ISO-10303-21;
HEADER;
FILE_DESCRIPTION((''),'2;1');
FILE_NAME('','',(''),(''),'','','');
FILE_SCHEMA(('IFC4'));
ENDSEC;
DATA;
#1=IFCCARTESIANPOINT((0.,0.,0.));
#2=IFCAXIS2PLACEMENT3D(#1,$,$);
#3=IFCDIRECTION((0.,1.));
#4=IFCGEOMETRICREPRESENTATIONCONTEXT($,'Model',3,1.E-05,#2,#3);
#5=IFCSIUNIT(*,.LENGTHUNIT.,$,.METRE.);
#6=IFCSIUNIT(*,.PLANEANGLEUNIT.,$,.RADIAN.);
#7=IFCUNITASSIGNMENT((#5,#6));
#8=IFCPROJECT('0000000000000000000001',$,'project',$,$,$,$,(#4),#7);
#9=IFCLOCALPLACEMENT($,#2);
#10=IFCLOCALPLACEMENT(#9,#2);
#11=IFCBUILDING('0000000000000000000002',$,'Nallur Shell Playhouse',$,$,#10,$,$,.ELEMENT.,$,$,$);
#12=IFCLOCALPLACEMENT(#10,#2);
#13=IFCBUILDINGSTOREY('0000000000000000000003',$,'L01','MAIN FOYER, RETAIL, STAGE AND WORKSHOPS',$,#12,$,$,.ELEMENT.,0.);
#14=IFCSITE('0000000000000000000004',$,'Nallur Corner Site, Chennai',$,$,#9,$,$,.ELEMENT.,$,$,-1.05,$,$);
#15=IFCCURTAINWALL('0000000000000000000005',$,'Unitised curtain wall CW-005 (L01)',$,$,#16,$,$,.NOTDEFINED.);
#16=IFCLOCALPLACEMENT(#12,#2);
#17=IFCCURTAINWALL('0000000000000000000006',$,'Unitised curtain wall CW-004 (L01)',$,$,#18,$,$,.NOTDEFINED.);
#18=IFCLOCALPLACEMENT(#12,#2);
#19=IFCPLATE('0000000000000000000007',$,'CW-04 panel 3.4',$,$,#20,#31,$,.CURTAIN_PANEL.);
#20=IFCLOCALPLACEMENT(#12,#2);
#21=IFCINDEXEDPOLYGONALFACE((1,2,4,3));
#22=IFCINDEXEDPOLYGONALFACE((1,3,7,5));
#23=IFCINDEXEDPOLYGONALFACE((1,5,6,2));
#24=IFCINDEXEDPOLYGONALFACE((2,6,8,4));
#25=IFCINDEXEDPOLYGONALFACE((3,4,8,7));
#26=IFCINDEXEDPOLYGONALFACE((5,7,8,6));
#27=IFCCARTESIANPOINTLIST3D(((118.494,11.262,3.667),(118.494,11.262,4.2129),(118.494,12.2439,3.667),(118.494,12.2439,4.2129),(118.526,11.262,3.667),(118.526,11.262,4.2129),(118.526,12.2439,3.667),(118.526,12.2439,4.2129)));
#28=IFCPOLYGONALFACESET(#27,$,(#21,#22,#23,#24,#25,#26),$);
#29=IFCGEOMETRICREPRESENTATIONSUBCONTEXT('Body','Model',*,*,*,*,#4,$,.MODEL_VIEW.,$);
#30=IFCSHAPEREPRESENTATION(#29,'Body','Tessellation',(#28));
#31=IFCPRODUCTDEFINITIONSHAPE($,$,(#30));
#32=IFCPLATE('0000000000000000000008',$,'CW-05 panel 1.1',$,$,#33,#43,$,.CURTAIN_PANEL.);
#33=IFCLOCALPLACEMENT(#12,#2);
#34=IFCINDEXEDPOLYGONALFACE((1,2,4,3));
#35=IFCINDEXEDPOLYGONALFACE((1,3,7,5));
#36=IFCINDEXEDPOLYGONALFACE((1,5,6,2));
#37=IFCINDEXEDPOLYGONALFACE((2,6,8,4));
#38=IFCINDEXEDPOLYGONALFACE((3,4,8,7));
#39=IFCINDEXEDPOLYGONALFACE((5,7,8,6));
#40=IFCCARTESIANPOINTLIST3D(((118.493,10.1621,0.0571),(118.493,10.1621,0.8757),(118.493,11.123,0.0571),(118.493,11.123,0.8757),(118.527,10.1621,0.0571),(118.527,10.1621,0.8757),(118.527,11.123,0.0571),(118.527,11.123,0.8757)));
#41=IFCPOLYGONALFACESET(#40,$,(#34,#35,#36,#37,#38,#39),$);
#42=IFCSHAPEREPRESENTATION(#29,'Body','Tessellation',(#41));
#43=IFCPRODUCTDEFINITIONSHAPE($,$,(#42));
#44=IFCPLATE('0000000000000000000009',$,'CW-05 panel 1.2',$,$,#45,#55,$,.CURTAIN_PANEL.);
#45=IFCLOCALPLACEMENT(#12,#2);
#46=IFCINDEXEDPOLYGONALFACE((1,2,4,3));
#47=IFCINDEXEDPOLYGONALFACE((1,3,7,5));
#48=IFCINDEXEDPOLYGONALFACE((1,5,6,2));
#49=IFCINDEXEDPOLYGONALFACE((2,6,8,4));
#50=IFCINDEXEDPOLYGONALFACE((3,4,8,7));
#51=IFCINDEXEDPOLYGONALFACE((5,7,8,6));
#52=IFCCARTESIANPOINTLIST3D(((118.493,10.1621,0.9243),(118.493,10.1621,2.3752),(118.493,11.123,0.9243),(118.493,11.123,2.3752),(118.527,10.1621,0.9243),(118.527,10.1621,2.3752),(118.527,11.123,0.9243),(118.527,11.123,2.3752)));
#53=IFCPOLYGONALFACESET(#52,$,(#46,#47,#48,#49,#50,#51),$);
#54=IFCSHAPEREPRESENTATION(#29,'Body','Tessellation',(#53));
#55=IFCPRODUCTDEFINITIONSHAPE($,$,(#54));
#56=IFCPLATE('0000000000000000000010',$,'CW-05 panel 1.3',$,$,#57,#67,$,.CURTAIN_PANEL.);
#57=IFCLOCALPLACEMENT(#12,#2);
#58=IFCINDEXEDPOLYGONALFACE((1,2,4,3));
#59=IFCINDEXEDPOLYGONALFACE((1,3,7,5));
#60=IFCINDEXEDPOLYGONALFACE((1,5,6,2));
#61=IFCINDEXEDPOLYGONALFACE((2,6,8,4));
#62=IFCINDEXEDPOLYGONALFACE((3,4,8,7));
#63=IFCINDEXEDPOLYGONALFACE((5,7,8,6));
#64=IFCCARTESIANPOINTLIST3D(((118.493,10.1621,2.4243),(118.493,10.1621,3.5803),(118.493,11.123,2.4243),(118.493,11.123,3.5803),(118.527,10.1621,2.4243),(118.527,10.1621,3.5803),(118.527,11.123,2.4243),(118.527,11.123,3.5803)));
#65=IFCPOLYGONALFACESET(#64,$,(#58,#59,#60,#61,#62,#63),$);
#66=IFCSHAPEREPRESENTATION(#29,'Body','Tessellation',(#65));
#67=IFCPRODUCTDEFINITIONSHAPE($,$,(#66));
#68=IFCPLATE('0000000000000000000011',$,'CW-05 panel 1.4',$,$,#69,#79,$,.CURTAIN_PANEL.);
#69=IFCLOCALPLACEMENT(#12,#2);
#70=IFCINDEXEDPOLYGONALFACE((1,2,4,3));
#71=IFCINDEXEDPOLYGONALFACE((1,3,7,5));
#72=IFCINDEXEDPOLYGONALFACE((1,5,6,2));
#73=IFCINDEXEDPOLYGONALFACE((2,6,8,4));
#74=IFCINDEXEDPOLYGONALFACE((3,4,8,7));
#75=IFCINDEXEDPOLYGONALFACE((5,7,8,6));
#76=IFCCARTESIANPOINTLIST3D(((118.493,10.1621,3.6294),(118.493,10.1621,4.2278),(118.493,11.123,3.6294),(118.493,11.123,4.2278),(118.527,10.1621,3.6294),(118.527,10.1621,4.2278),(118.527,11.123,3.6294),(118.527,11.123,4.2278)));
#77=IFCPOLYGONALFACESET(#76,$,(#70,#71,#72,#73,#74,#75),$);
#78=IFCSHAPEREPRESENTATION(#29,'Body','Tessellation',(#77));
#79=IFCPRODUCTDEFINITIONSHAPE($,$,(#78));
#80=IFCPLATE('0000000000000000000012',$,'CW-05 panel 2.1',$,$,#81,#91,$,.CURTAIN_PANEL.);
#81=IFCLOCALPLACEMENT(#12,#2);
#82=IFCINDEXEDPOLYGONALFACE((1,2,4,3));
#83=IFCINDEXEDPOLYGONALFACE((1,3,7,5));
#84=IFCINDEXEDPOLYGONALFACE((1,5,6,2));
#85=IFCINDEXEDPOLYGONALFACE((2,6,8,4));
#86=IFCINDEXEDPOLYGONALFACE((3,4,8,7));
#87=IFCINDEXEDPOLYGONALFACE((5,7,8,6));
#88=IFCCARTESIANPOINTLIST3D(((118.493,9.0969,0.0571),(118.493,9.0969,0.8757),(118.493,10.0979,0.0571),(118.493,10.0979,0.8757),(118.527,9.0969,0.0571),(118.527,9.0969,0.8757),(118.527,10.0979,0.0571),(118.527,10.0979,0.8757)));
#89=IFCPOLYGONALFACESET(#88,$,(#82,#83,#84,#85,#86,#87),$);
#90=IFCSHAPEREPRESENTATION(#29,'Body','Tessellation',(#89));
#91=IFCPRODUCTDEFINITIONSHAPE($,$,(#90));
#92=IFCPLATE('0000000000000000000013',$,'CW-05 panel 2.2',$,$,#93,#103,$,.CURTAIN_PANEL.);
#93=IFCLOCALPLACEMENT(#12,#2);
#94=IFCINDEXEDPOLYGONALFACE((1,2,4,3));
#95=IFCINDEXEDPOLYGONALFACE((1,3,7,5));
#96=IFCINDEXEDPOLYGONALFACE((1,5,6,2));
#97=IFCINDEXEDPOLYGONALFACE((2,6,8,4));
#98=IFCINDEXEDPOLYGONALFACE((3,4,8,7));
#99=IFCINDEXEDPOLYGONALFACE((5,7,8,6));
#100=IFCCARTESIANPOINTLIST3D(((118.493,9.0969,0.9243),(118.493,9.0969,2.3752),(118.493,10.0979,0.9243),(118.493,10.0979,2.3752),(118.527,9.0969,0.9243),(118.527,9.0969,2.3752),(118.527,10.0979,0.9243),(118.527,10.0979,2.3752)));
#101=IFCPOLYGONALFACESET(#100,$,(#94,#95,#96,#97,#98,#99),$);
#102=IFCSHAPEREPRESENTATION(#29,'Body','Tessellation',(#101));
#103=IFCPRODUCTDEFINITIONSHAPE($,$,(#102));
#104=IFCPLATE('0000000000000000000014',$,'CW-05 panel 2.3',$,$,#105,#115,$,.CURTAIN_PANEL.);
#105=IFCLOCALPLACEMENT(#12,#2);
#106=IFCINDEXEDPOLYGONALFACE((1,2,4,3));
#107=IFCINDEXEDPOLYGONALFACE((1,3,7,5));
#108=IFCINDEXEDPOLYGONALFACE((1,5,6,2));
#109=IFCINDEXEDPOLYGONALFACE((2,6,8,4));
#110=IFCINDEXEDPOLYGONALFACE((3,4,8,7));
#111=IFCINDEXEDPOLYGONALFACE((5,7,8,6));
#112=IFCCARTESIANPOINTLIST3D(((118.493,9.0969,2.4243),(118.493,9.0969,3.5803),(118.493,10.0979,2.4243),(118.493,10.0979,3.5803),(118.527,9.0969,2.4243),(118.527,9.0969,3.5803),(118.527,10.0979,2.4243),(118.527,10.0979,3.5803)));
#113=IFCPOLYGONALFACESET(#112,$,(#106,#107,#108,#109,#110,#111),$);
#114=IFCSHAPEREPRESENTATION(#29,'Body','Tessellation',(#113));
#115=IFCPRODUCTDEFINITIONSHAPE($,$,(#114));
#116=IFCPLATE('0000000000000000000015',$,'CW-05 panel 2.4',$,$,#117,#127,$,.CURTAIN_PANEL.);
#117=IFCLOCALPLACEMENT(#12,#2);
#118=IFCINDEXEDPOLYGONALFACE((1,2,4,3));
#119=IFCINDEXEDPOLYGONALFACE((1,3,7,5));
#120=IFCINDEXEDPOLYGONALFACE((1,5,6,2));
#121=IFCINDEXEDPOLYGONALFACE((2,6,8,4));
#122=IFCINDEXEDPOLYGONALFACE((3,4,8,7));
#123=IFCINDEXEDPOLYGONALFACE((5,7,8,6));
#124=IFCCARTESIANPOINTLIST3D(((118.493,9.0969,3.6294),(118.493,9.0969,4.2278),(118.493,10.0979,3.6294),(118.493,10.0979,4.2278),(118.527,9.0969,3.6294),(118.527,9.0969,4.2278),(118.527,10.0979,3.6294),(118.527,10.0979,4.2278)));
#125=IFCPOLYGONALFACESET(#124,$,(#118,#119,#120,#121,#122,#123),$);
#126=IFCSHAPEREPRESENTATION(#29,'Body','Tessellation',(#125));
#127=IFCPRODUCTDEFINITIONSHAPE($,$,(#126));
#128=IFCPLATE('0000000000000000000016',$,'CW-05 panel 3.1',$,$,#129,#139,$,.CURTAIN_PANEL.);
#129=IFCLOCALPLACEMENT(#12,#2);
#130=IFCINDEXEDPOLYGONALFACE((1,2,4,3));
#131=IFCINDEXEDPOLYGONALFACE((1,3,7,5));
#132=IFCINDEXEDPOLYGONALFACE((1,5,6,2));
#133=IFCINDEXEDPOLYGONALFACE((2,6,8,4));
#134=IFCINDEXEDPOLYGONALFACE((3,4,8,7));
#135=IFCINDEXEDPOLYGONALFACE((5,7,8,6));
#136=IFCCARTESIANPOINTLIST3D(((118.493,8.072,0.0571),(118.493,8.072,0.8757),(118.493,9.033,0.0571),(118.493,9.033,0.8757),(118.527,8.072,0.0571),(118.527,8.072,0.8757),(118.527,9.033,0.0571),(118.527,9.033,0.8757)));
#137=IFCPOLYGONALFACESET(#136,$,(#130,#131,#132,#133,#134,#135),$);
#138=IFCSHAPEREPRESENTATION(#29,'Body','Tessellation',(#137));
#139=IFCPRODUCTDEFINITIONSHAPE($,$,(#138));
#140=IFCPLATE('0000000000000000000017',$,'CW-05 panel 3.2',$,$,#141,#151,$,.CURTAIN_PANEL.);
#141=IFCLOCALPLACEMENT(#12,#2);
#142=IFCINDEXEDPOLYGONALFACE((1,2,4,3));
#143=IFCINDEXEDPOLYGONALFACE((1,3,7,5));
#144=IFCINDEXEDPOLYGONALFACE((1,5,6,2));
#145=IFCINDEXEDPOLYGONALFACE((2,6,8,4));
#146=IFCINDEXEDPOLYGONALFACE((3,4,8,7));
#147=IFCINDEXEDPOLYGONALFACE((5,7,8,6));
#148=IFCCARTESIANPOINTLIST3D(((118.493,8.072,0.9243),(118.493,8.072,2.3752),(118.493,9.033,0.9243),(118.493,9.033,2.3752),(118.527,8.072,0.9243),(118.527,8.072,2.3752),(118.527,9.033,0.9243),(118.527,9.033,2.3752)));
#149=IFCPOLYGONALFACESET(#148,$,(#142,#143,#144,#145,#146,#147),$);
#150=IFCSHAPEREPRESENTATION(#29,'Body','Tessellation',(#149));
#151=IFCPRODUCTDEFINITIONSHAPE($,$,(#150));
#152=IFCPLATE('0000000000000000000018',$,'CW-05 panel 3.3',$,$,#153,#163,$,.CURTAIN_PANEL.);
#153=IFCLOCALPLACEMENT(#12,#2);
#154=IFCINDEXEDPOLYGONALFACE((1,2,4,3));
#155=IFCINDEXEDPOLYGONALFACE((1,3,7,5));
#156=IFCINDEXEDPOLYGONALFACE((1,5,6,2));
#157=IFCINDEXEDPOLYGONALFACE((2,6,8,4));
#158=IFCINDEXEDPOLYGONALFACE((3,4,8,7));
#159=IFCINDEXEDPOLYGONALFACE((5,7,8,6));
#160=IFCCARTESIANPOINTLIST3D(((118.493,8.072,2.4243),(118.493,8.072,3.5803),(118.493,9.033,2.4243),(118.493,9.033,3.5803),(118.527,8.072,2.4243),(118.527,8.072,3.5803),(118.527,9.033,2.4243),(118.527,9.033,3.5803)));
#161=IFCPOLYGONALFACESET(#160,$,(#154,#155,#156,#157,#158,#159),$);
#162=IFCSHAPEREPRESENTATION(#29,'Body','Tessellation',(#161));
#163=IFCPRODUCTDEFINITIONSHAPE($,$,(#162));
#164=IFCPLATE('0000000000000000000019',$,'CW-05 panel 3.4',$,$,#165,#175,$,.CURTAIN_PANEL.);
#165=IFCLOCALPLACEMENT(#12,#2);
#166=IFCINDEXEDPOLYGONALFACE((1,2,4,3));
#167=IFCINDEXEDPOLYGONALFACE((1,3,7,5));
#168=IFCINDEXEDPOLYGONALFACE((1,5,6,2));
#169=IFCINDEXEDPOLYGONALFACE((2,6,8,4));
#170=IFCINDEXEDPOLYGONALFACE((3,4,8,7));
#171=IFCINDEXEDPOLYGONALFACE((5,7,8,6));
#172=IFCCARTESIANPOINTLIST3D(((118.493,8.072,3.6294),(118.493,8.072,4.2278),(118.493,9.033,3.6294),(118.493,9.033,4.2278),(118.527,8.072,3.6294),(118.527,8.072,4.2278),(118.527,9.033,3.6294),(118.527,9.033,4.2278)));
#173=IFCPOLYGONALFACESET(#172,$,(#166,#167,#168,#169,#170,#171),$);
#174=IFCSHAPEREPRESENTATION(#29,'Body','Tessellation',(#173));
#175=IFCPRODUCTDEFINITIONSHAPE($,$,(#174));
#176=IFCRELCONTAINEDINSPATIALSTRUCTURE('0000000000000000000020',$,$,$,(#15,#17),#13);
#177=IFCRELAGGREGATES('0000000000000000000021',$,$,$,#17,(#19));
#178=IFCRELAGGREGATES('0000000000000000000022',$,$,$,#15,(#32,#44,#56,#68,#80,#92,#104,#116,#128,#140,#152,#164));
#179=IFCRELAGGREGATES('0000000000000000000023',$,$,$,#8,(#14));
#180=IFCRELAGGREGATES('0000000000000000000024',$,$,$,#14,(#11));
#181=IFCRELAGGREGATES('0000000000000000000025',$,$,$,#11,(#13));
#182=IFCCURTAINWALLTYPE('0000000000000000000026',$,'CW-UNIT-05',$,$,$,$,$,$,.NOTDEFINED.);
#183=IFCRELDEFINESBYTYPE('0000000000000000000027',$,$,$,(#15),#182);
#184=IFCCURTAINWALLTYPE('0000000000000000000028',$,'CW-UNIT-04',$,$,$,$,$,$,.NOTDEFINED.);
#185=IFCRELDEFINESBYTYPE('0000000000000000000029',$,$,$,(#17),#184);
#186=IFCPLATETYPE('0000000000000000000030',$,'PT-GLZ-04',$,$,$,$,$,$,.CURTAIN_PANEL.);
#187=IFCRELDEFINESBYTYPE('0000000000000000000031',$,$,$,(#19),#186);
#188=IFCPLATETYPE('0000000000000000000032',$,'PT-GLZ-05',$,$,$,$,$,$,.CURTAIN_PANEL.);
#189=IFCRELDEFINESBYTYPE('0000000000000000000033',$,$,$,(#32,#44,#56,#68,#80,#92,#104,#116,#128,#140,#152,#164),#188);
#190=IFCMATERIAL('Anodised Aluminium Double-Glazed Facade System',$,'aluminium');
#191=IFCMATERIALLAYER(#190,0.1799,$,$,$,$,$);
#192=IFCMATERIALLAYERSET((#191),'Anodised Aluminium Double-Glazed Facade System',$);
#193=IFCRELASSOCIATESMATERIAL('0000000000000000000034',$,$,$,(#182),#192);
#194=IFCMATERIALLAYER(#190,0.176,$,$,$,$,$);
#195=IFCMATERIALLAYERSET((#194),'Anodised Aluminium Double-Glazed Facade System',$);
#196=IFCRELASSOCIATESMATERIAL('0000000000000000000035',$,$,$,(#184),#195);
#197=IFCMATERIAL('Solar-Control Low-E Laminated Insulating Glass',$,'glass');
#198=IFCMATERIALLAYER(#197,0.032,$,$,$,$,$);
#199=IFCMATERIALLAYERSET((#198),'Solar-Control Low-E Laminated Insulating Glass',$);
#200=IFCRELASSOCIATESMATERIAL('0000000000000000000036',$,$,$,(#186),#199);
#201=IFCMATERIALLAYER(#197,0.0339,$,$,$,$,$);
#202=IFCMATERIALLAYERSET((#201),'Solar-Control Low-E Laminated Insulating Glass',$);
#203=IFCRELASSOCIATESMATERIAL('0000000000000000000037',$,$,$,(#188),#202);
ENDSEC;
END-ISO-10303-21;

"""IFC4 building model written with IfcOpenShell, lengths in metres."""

from ifc_helpers import new_model, si_unit, direction, frame, origin, origin_2d, place, context, subcontext, project, spatial, rectangle, extrude, material, layer, layer_set, type_object, element, aggregate, save


model = new_model("IFC4")

# Units and contexts
model_context = context("Model", 3, precision=1e-05, world=origin(), true_north=direction((0.0, 1.0)))
body_context = subcontext(model_context, "Body", "Model", "MODEL_VIEW")
ifc_project = project(units=[si_unit("LENGTHUNIT", "METRE"), si_unit("PLANEANGLEUNIT", "RADIAN")], contexts=[model_context])

# Site, building, storey
site_placement = place(None, origin())
site = spatial("IfcSite", under=ifc_project, at=site_placement, Name="Nallur Corner Site, Chennai", CompositionType="ELEMENT", RefElevation=-1.05)
building_placement = place(site_placement, origin())
building = spatial("IfcBuilding", under=site, at=building_placement, Name="Nallur Shell Playhouse", CompositionType="ELEMENT")
storey_placement = place(building_placement, origin())
storey = spatial("IfcBuildingStorey", under=building, at=storey_placement, Name="L01", Description="MAIN FOYER, RETAIL, STAGE AND WORKSHOPS", CompositionType="ELEMENT", Elevation=0.0)

# Curtain wall
ifc_material_1 = material(Name="Anodised Aluminium Double-Glazed Facade System", Category="aluminium")
ifc_layer_1 = layer(ifc_material_1, 0.1799)
ifc_layer_set_1 = layer_set([ifc_layer_1], Name="Anodised Aluminium Double-Glazed Facade System")
curtain_wall_type_1 = type_object("IfcCurtainWallType", Name="CW-UNIT-05", PredefinedType="NOTDEFINED", material=ifc_layer_set_1)
curtain_wall_1_placement = place(storey_placement, origin())
curtain_wall_1 = element("IfcCurtainWall", 1, at=curtain_wall_1_placement, inside=storey, type_object=curtain_wall_type_1, Name="Unitised curtain wall CW-005 (L01)", PredefinedType="NOTDEFINED")

# Curtain wall
ifc_layer_2 = layer(ifc_material_1, 0.176)
ifc_layer_set_2 = layer_set([ifc_layer_2], Name="Anodised Aluminium Double-Glazed Facade System")
curtain_wall_type_2 = type_object("IfcCurtainWallType", Name="CW-UNIT-04", PredefinedType="NOTDEFINED", material=ifc_layer_set_2)
curtain_wall_2_placement = place(storey_placement, origin())
curtain_wall_2 = element("IfcCurtainWall", 2, at=curtain_wall_2_placement, inside=storey, type_object=curtain_wall_type_2, Name="Unitised curtain wall CW-004 (L01)", PredefinedType="NOTDEFINED")

# Plates
ifc_material_2 = material(Name="Solar-Control Low-E Laminated Insulating Glass", Category="glass")
ifc_layer_3 = layer(ifc_material_2, 0.032)
ifc_layer_set_3 = layer_set([ifc_layer_3], Name="Solar-Control Low-E Laminated Insulating Glass")
plate_type_1 = type_object("IfcPlateType", Name="PT-GLZ-04", PredefinedType="CURTAIN_PANEL", material=ifc_layer_set_3)
plate_1_placement = place(storey_placement, frame((118.51, 11.7529, 3.667), z_axis=(0.0, 0.0, 1.0), x_axis=(0.0, -1.0, 0.0)))
plate_1 = element("IfcPlate", 3, at=plate_1_placement, type_object=plate_type_1, Name="CW-04 panel 3.4", PredefinedType="CURTAIN_PANEL", context=body_context, shape_type="SweptSolid", body=[
    extrude(rectangle(XDim=0.9819, YDim=0.032, at=origin_2d()), origin(), (0.0, 0.0, 1.0), 0.5459),
])
aggregate(curtain_wall_2, [plate_1])
ifc_layer_4 = layer(ifc_material_2, 0.0339)
ifc_layer_set_4 = layer_set([ifc_layer_4], Name="Solar-Control Low-E Laminated Insulating Glass")
plate_type_2 = type_object("IfcPlateType", Name="PT-GLZ-05", PredefinedType="CURTAIN_PANEL", material=ifc_layer_set_4)
plate_2_placement = place(storey_placement, frame((118.51, 10.6426, 0.0571), z_axis=(0.0, 0.0, 1.0), x_axis=(0.0, -1.0, 0.0)))
plate_2 = element("IfcPlate", 4, at=plate_2_placement, type_object=plate_type_2, Name="CW-05 panel 1.1", PredefinedType="CURTAIN_PANEL", context=body_context, shape_type="SweptSolid", body=[
    extrude(rectangle(XDim=0.9609, YDim=0.0339, at=origin_2d()), origin(), (0.0, 0.0, 1.0), 0.8186),
])
plate_3_placement = place(storey_placement, frame((118.51, 10.6426, 0.9243), z_axis=(0.0, 0.0, 1.0), x_axis=(0.0, -1.0, 0.0)))
plate_3 = element("IfcPlate", 5, at=plate_3_placement, type_object=plate_type_2, Name="CW-05 panel 1.2", PredefinedType="CURTAIN_PANEL", context=body_context, shape_type="SweptSolid", body=[
    extrude(rectangle(XDim=0.9609, YDim=0.0339, at=origin_2d()), origin(), (0.0, 0.0, 1.0), 1.4509),
])
plate_4_placement = place(storey_placement, frame((118.51, 10.6426, 2.4243), z_axis=(0.0, 0.0, 1.0), x_axis=(0.0, -1.0, 0.0)))
plate_4 = element("IfcPlate", 6, at=plate_4_placement, type_object=plate_type_2, Name="CW-05 panel 1.3", PredefinedType="CURTAIN_PANEL", context=body_context, shape_type="SweptSolid", body=[
    extrude(rectangle(XDim=0.9609, YDim=0.0339, at=origin_2d()), origin(), (0.0, 0.0, 1.0), 1.156),
])
plate_5_placement = place(storey_placement, frame((118.51, 10.6426, 3.6294), z_axis=(0.0, 0.0, 1.0), x_axis=(0.0, -1.0, 0.0)))
plate_5 = element("IfcPlate", 7, at=plate_5_placement, type_object=plate_type_2, Name="CW-05 panel 1.4", PredefinedType="CURTAIN_PANEL", context=body_context, shape_type="SweptSolid", body=[
    extrude(rectangle(XDim=0.9609, YDim=0.0339, at=origin_2d()), origin(), (0.0, 0.0, 1.0), 0.5984),
])
plate_6_placement = place(storey_placement, frame((118.51, 9.5974, 0.0571), z_axis=(0.0, 0.0, 1.0), x_axis=(0.0, -1.0, 0.0)))
plate_6 = element("IfcPlate", 8, at=plate_6_placement, type_object=plate_type_2, Name="CW-05 panel 2.1", PredefinedType="CURTAIN_PANEL", context=body_context, shape_type="SweptSolid", body=[
    extrude(rectangle(XDim=1.001, YDim=0.0339, at=origin_2d()), origin(), (0.0, 0.0, 1.0), 0.8186),
])
plate_7_placement = place(storey_placement, frame((118.51, 9.5974, 0.9243), z_axis=(0.0, 0.0, 1.0), x_axis=(0.0, -1.0, 0.0)))
plate_7 = element("IfcPlate", 9, at=plate_7_placement, type_object=plate_type_2, Name="CW-05 panel 2.2", PredefinedType="CURTAIN_PANEL", context=body_context, shape_type="SweptSolid", body=[
    extrude(rectangle(XDim=1.001, YDim=0.0339, at=origin_2d()), origin(), (0.0, 0.0, 1.0), 1.4509),
])
plate_8_placement = place(storey_placement, frame((118.51, 9.5974, 2.4243), z_axis=(0.0, 0.0, 1.0), x_axis=(0.0, -1.0, 0.0)))
plate_8 = element("IfcPlate", 10, at=plate_8_placement, type_object=plate_type_2, Name="CW-05 panel 2.3", PredefinedType="CURTAIN_PANEL", context=body_context, shape_type="SweptSolid", body=[
    extrude(rectangle(XDim=1.001, YDim=0.0339, at=origin_2d()), origin(), (0.0, 0.0, 1.0), 1.156),
])
plate_9_placement = place(storey_placement, frame((118.51, 9.5974, 3.6294), z_axis=(0.0, 0.0, 1.0), x_axis=(0.0, -1.0, 0.0)))
plate_9 = element("IfcPlate", 11, at=plate_9_placement, type_object=plate_type_2, Name="CW-05 panel 2.4", PredefinedType="CURTAIN_PANEL", context=body_context, shape_type="SweptSolid", body=[
    extrude(rectangle(XDim=1.001, YDim=0.0339, at=origin_2d()), origin(), (0.0, 0.0, 1.0), 0.5984),
])
plate_10_placement = place(storey_placement, frame((118.51, 8.5525, 0.0571), z_axis=(0.0, 0.0, 1.0), x_axis=(0.0, -1.0, 0.0)))
plate_10 = element("IfcPlate", 12, at=plate_10_placement, type_object=plate_type_2, Name="CW-05 panel 3.1", PredefinedType="CURTAIN_PANEL", context=body_context, shape_type="SweptSolid", body=[
    extrude(rectangle(XDim=0.9609, YDim=0.0339, at=origin_2d()), origin(), (0.0, 0.0, 1.0), 0.8186),
])
plate_11_placement = place(storey_placement, frame((118.51, 8.5525, 0.9243), z_axis=(0.0, 0.0, 1.0), x_axis=(0.0, -1.0, 0.0)))
plate_11 = element("IfcPlate", 13, at=plate_11_placement, type_object=plate_type_2, Name="CW-05 panel 3.2", PredefinedType="CURTAIN_PANEL", context=body_context, shape_type="SweptSolid", body=[
    extrude(rectangle(XDim=0.9609, YDim=0.0339, at=origin_2d()), origin(), (0.0, 0.0, 1.0), 1.4509),
])
plate_12_placement = place(storey_placement, frame((118.51, 8.5525, 2.4243), z_axis=(0.0, 0.0, 1.0), x_axis=(0.0, -1.0, 0.0)))
plate_12 = element("IfcPlate", 14, at=plate_12_placement, type_object=plate_type_2, Name="CW-05 panel 3.3", PredefinedType="CURTAIN_PANEL", context=body_context, shape_type="SweptSolid", body=[
    extrude(rectangle(XDim=0.9609, YDim=0.0339, at=origin_2d()), origin(), (0.0, 0.0, 1.0), 1.156),
])
plate_13_placement = place(storey_placement, frame((118.51, 8.5525, 3.6294), z_axis=(0.0, 0.0, 1.0), x_axis=(0.0, -1.0, 0.0)))
plate_13 = element("IfcPlate", 15, at=plate_13_placement, type_object=plate_type_2, Name="CW-05 panel 3.4", PredefinedType="CURTAIN_PANEL", context=body_context, shape_type="SweptSolid", body=[
    extrude(rectangle(XDim=0.9609, YDim=0.0339, at=origin_2d()), origin(), (0.0, 0.0, 1.0), 0.5984),
])
aggregate(curtain_wall_1, [plate_2, plate_3, plate_4, plate_5, plate_6, plate_7, plate_8, plate_9, plate_10, plate_11, plate_12, plate_13])

save(model, "model.ifc")
